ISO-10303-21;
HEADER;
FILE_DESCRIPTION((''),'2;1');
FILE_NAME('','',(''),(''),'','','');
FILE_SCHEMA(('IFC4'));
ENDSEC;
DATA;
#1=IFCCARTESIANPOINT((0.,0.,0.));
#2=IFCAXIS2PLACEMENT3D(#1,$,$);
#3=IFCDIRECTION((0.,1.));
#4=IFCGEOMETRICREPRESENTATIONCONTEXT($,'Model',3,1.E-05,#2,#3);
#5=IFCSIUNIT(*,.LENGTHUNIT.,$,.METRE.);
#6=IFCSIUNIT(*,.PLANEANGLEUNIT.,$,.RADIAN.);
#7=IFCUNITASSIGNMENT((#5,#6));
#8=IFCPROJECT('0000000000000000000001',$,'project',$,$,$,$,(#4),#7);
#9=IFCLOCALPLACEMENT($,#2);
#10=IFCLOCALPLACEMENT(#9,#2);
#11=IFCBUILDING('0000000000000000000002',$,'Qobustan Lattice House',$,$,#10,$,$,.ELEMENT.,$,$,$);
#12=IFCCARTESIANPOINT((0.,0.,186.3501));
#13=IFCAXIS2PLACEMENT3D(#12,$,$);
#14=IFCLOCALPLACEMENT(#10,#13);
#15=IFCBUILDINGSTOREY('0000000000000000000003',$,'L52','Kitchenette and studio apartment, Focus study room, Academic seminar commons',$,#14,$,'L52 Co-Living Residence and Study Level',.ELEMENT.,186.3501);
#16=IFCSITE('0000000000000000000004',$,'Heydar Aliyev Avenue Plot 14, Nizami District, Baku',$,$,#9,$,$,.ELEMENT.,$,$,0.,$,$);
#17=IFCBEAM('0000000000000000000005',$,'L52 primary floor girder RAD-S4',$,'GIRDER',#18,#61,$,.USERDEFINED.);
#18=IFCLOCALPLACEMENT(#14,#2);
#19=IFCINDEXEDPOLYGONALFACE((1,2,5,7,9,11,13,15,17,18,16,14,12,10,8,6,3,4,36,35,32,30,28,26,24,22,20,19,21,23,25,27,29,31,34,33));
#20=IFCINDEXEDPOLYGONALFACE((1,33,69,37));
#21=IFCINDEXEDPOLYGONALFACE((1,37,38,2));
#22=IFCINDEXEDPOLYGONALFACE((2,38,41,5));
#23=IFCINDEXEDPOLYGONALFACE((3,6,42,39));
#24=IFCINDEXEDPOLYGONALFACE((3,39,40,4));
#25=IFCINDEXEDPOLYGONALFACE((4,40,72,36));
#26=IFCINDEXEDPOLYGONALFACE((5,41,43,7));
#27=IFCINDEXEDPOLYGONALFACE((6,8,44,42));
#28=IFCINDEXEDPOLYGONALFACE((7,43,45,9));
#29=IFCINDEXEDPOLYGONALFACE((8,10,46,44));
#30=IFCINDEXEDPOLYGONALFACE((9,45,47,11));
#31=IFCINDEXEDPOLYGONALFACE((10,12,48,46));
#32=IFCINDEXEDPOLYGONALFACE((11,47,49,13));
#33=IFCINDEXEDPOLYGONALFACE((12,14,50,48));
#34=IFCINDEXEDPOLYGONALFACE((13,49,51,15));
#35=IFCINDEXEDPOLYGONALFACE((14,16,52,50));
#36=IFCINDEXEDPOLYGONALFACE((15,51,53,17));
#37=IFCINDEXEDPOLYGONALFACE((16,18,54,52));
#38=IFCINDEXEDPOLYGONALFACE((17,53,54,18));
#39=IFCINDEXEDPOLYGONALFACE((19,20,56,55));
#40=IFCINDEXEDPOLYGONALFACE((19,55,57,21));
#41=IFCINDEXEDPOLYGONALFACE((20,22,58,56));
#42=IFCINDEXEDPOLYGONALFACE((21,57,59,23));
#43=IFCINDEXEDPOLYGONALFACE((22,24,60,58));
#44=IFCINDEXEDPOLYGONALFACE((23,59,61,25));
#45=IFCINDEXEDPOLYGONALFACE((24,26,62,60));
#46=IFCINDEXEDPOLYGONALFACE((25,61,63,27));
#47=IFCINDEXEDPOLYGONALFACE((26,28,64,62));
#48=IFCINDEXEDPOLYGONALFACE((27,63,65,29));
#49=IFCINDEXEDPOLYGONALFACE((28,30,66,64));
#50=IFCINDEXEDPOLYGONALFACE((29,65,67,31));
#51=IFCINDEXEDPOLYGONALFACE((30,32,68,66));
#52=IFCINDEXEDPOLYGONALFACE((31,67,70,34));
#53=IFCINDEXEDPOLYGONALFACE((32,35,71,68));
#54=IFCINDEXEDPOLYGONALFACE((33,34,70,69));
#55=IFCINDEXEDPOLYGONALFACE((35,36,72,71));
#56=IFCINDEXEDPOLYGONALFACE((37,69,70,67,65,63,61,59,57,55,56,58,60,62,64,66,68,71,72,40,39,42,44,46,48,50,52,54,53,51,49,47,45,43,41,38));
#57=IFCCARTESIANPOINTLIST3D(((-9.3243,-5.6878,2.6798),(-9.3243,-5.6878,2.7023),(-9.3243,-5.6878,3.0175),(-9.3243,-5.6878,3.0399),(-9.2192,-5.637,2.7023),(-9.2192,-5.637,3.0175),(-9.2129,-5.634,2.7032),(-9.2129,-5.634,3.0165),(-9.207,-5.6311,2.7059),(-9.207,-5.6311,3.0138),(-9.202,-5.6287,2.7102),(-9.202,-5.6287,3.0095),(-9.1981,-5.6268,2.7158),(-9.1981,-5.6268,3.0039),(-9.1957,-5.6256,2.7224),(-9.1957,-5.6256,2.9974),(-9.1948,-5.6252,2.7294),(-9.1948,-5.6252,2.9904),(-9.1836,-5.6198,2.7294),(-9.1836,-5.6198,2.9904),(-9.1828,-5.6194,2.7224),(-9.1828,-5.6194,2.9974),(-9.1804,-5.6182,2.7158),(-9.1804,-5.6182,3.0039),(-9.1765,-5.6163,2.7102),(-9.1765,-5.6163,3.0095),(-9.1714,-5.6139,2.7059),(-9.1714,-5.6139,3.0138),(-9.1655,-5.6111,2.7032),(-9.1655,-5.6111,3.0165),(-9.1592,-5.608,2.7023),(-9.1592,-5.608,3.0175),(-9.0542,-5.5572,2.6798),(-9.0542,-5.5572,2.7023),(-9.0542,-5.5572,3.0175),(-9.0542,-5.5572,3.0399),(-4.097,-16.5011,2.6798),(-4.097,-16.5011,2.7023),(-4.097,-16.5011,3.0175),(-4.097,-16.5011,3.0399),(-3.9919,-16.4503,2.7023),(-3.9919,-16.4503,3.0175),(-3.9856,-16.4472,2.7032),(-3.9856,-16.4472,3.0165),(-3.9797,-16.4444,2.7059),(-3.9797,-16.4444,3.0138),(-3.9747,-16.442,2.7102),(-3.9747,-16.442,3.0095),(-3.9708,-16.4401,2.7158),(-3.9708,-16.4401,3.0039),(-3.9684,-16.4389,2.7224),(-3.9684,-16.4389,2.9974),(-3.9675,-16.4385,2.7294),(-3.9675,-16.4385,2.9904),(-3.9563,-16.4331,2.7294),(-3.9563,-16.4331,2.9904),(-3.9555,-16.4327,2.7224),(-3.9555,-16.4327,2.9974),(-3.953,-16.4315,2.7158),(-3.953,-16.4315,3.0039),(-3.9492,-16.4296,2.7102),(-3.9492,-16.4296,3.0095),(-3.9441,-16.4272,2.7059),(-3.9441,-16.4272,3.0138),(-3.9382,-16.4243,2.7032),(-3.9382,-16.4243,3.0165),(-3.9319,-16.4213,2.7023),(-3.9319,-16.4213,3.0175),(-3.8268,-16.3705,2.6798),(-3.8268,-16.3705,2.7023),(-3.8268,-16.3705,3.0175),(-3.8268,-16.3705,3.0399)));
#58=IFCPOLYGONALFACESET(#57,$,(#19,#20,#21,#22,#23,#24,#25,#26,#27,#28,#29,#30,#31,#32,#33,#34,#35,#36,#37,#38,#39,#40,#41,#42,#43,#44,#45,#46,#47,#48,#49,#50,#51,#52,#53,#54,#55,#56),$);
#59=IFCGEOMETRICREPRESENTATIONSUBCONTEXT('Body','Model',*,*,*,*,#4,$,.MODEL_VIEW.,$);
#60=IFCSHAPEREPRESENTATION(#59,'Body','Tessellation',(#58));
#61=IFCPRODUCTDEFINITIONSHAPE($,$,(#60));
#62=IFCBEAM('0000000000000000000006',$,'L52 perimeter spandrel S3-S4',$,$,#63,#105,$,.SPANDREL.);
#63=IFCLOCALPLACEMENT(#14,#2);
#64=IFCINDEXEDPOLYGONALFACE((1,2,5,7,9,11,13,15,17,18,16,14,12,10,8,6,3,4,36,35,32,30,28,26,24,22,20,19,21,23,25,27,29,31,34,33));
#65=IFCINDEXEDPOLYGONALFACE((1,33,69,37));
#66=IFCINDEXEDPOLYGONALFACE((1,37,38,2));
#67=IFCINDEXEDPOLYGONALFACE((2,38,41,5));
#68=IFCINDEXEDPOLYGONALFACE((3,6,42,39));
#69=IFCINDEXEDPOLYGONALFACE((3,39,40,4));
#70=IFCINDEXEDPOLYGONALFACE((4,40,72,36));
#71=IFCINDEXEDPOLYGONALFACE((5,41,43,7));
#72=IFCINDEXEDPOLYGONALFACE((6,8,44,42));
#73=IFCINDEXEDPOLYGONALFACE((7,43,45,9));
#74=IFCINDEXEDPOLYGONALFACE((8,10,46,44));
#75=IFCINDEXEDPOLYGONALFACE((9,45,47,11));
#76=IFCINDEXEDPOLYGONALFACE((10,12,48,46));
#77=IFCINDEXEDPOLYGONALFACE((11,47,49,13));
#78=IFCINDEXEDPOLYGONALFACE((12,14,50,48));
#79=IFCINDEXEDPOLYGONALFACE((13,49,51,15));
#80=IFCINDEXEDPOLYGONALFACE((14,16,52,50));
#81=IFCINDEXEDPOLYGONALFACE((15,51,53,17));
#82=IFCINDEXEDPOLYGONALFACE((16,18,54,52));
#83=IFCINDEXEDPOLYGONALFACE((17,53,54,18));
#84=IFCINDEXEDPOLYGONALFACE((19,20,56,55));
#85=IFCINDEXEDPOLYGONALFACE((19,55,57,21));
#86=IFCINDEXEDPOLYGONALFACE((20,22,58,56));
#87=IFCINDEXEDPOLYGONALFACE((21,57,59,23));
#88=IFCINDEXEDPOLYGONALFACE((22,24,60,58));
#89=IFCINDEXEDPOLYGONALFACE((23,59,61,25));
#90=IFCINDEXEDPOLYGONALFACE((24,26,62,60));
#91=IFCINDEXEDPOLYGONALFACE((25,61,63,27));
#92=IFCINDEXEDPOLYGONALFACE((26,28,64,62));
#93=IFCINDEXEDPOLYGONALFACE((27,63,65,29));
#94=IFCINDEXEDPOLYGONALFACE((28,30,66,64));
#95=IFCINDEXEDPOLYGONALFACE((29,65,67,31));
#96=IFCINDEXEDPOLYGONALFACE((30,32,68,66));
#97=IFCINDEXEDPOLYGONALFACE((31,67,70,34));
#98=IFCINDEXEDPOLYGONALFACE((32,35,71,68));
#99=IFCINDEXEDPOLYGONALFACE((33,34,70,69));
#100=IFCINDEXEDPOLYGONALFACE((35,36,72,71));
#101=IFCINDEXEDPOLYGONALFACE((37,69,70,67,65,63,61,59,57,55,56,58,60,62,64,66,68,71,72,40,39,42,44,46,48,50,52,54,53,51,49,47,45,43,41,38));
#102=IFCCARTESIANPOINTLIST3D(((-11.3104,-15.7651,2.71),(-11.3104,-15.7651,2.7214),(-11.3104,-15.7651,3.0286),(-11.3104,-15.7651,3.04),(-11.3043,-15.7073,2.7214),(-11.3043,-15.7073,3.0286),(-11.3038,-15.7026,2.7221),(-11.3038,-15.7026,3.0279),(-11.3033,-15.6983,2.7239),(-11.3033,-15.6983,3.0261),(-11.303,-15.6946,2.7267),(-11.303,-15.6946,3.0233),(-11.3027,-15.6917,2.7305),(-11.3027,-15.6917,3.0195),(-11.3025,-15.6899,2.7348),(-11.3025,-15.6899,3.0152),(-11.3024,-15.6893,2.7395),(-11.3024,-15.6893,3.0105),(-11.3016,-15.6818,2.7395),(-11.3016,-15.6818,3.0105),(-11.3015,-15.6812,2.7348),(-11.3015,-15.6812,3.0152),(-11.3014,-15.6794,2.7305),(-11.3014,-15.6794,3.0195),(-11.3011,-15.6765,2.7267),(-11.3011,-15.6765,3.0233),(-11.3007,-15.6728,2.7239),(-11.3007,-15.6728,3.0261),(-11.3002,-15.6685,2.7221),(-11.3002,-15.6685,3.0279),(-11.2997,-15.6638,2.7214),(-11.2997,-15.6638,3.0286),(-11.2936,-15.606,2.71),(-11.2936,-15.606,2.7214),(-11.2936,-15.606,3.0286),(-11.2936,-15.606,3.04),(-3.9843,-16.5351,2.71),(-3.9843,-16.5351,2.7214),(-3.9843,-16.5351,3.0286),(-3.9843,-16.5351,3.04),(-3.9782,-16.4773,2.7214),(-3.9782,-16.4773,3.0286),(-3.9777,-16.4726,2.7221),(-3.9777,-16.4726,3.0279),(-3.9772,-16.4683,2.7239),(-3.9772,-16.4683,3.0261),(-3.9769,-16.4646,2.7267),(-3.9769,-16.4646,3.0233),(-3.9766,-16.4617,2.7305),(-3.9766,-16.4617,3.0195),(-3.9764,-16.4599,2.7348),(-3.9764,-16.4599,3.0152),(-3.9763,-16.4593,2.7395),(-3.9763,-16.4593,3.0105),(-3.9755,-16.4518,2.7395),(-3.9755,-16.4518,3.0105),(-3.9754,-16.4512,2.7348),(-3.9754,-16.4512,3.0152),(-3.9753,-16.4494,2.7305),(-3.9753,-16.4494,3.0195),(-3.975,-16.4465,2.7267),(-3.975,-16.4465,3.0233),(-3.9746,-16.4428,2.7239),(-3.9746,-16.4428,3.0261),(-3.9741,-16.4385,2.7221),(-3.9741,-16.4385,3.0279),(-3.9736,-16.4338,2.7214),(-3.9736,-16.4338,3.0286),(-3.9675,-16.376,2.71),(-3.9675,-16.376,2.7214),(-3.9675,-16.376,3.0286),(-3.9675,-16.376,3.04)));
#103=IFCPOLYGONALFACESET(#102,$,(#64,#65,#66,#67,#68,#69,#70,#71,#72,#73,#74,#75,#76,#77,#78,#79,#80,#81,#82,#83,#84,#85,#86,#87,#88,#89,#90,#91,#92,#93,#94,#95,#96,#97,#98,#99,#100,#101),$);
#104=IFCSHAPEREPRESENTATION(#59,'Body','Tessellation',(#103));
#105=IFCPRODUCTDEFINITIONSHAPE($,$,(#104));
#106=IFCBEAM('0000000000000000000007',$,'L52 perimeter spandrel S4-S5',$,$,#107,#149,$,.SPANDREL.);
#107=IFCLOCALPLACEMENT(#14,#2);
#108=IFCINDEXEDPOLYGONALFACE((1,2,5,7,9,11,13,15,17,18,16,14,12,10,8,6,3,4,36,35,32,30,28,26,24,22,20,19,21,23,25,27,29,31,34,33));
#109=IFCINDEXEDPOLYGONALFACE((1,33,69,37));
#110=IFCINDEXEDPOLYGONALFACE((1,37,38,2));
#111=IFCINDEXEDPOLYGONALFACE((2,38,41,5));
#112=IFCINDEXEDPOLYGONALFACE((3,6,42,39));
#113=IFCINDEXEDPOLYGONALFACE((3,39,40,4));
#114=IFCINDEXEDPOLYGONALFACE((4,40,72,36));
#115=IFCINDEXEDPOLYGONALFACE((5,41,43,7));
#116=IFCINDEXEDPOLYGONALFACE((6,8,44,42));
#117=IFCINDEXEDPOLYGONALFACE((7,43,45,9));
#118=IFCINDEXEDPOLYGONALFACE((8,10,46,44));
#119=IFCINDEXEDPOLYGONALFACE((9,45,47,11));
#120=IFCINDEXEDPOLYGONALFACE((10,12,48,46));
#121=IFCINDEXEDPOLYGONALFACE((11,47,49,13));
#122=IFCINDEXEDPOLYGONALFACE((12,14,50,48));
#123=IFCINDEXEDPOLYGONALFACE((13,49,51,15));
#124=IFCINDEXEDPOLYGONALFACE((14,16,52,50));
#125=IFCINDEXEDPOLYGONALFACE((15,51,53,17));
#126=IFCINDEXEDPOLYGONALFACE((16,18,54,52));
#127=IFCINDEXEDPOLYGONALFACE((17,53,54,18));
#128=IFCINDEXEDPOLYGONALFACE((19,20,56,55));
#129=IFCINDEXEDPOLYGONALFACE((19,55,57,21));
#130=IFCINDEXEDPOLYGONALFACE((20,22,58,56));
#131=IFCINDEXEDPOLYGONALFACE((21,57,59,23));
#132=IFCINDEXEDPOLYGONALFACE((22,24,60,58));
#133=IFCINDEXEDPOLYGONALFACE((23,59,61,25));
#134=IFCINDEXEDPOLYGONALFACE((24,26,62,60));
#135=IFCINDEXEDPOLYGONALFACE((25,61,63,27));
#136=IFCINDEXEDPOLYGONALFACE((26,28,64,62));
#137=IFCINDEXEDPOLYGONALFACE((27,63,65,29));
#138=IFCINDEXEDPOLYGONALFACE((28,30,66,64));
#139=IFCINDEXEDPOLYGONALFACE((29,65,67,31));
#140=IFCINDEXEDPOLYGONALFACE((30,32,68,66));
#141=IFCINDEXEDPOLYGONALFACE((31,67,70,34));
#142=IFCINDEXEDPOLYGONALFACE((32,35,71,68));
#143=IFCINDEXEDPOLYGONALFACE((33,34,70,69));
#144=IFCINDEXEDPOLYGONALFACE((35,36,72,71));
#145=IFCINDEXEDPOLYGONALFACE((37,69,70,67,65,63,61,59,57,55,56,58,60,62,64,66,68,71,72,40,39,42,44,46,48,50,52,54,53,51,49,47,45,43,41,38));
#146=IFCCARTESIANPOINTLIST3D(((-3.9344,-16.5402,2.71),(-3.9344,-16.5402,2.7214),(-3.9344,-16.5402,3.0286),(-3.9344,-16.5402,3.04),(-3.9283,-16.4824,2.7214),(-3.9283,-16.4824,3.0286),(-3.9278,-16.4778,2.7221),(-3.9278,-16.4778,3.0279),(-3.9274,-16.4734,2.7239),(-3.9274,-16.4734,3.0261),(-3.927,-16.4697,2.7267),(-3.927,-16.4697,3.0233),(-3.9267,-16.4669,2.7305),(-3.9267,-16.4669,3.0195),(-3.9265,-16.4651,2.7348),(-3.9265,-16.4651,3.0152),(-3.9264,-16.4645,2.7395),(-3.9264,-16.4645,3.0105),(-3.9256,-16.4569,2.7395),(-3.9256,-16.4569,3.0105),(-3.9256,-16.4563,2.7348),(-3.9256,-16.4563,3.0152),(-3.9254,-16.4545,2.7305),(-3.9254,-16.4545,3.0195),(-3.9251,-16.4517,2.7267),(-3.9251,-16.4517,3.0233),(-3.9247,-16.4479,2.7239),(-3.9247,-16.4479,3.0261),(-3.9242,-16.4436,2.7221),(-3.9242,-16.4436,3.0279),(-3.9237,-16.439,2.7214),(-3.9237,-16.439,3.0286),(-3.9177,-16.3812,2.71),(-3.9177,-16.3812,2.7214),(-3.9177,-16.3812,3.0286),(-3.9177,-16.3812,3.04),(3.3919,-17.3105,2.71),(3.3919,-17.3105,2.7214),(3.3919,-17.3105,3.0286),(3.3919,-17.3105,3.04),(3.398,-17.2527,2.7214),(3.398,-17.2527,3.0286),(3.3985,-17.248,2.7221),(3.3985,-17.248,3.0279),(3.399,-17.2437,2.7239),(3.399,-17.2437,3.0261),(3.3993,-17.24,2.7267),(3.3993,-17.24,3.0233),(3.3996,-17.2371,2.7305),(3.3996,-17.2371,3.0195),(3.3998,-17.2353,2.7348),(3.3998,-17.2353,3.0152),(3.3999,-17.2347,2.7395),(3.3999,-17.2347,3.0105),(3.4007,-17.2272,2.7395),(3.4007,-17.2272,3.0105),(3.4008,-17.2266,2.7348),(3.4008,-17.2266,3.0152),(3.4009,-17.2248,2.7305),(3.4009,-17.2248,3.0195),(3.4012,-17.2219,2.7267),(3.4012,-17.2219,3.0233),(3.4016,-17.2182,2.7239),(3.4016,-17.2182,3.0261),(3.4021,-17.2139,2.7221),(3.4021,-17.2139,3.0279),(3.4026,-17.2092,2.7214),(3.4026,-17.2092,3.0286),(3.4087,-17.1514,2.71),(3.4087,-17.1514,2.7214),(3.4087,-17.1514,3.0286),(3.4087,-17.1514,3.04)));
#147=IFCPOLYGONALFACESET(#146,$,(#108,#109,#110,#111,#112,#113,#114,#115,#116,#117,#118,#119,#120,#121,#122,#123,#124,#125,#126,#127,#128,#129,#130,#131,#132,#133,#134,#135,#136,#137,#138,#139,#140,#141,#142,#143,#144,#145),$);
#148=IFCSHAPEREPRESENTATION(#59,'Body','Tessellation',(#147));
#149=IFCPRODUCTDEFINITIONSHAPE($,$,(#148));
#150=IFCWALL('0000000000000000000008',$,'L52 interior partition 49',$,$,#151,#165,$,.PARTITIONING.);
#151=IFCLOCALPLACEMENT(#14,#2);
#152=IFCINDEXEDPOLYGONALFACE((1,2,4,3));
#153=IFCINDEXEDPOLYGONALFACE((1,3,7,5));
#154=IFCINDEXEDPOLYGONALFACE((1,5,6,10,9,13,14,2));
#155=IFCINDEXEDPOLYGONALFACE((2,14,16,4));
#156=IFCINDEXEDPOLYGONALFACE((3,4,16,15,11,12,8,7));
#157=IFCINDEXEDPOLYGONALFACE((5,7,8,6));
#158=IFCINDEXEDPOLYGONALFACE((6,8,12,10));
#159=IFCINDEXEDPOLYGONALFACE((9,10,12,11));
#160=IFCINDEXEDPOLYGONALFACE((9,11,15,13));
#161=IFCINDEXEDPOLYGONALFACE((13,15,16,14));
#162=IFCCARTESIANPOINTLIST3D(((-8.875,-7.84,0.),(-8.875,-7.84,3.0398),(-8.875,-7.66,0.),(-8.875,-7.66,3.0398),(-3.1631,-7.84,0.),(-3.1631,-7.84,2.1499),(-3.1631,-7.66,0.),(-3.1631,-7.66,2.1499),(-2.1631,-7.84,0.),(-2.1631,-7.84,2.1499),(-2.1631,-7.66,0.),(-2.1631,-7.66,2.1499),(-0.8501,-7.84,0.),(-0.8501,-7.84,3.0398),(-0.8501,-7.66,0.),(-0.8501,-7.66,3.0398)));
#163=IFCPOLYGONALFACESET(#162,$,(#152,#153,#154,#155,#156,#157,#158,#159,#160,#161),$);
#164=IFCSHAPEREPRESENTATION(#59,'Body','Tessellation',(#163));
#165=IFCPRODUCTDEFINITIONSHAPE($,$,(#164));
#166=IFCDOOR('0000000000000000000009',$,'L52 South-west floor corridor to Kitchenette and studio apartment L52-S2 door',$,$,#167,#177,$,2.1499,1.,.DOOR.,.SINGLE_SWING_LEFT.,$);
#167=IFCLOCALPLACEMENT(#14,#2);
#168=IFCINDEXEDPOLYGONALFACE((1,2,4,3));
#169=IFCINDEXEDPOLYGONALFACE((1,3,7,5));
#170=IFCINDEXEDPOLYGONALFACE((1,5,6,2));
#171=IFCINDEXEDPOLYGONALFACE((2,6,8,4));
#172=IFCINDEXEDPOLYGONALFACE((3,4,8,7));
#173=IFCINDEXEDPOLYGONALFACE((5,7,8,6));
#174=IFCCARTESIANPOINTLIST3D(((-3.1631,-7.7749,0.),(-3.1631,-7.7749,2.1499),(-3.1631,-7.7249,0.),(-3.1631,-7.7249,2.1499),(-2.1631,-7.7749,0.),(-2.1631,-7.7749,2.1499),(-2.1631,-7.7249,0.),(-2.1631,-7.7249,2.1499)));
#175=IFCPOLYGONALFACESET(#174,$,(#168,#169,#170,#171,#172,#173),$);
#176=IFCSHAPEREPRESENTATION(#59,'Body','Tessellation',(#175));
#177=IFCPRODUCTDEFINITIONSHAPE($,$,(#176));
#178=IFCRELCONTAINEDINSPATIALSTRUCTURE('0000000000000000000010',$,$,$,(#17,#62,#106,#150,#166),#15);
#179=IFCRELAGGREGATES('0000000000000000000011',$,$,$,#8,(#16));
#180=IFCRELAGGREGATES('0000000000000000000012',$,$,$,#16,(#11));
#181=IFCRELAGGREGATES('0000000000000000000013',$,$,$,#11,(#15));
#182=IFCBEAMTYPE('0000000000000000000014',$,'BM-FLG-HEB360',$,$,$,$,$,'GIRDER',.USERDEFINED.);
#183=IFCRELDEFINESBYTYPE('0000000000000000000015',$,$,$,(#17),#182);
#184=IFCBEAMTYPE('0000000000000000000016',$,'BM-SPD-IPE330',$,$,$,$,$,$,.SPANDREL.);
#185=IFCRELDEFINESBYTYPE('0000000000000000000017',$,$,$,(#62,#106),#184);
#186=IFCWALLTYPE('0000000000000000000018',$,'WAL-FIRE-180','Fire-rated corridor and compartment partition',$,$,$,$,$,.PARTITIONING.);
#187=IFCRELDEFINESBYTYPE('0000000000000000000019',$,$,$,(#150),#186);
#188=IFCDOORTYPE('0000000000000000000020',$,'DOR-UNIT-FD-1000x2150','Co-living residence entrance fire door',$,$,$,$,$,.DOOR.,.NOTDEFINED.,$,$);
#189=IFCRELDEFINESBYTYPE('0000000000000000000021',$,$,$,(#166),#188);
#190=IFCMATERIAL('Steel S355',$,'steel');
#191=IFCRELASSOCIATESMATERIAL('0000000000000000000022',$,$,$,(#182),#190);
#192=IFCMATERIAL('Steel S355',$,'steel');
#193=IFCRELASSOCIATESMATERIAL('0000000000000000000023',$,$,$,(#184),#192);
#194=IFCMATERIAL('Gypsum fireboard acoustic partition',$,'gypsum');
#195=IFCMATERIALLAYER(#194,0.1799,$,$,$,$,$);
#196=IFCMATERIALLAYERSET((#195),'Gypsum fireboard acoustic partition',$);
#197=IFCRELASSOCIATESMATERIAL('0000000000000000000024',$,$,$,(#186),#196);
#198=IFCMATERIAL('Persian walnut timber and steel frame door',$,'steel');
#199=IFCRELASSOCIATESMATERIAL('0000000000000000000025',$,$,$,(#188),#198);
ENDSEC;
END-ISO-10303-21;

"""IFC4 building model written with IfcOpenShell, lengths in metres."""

from ifc_helpers import new_model, si_unit, direction, frame, frame_2d, origin, origin_2d, place, context, subcontext, project, spatial, rectangle, i_section, extrude, material, layer, layer_set, material_profile, profile_set, type_object, element, fill, save


model = new_model("IFC4")

# Units and contexts
model_context = context("Model", 3, precision=1e-05, world=origin(), true_north=direction((0.0, 1.0)))
body_context = subcontext(model_context, "Body", "Model", "MODEL_VIEW")
ifc_project = project(units=[si_unit("LENGTHUNIT", "METRE"), si_unit("PLANEANGLEUNIT", "RADIAN")], contexts=[model_context])

# Site, building, storey
site_placement = place(None, origin())
site = spatial("IfcSite", under=ifc_project, at=site_placement, Name="Heydar Aliyev Avenue Plot 14, Nizami District, Baku", CompositionType="ELEMENT", RefElevation=0.0)
building_placement = place(site_placement, origin())
building = spatial("IfcBuilding", under=site, at=building_placement, Name="Qobustan Lattice House", CompositionType="ELEMENT")
storey_placement = place(building_placement, frame((0.0, 0.0, 186.3501)))
storey = spatial("IfcBuildingStorey", under=building, at=storey_placement, Name="L52", Description="Kitchenette and studio apartment, Focus study room, Academic seminar commons", LongName="L52 Co-Living Residence and Study Level", CompositionType="ELEMENT", Elevation=186.3501)

# Beams
ifc_material_1 = material(Name="Steel S355", Category="steel")
ifc_material_profile_1 = material_profile(ifc_material_1, i_section(OverallWidth=0.3, OverallDepth=0.3601, WebThickness=0.0125, FlangeThickness=0.0225, FilletRadius=0.0271, at=origin_2d()), Name="HEB360")
ifc_profile_set_1 = profile_set([ifc_material_profile_1], Name="Steel S355")
beam_type_1 = type_object("IfcBeamType", Name="BM-FLG-HEB360", ElementType="GIRDER", PredefinedType="USERDEFINED", material=ifc_profile_set_1)
beam_1_placement = place(storey_placement, frame((-3.9619, -16.4358, 2.8599), z_axis=(-0.435229, 0.90032, 0.0), x_axis=(-0.90032, -0.435229, 0.0)))
element("IfcBeam", 1, at=beam_1_placement, inside=storey, type_object=beam_type_1, Name="L52 primary floor girder RAD-S4", ObjectType="GIRDER", PredefinedType="USERDEFINED", context=body_context, shape_type="SweptSolid", body=[
    extrude(i_section(OverallWidth=0.3, OverallDepth=0.3601, WebThickness=0.0125, FlangeThickness=0.0225, FilletRadius=0.0271, at=origin_2d()), origin(), (0.0, 0.0, 1.0), 12.0105),
])
ifc_material_2 = material(Name="Steel S355", Category="steel")
ifc_material_profile_2 = material_profile(ifc_material_2, i_section(OverallWidth=0.1599, OverallDepth=0.3301, WebThickness=0.0076, FlangeThickness=0.0115, FilletRadius=0.0181, at=origin_2d()), Name="IPE330")
ifc_profile_set_2 = profile_set([ifc_material_profile_2], Name="Steel S355")
beam_type_2 = type_object("IfcBeamType", Name="BM-SPD-IPE330", PredefinedType="SPANDREL", material=ifc_profile_set_2)
beam_2_placement = place(storey_placement, frame((-11.302, -15.6855, 2.875), z_axis=(0.994522, -0.10453, 0.0), x_axis=(0.10453, 0.994522, 0.0)))
element("IfcBeam", 2, at=beam_2_placement, inside=storey, type_object=beam_type_2, Name="L52 perimeter spandrel S3-S4", PredefinedType="SPANDREL", context=body_context, shape_type="SweptSolid", body=[
    extrude(i_section(OverallWidth=0.1599, OverallDepth=0.3301, WebThickness=0.0076, FlangeThickness=0.0115, FilletRadius=0.0181, at=origin_2d()), origin(), (0.0, 0.0, 1.0), 7.3665),
])
beam_3_placement = place(storey_placement, frame((-3.926, -16.4607, 2.875), z_axis=(0.994519, -0.104559, 0.0), x_axis=(0.104559, 0.994519, 0.0)))
element("IfcBeam", 3, at=beam_3_placement, inside=storey, type_object=beam_type_2, Name="L52 perimeter spandrel S4-S5", PredefinedType="SPANDREL", context=body_context, shape_type="SweptSolid", body=[
    extrude(i_section(OverallWidth=0.1599, OverallDepth=0.3301, WebThickness=0.0076, FlangeThickness=0.0115, FilletRadius=0.0181, at=origin_2d()), origin(), (0.0, 0.0, 1.0), 7.3667),
])

# Wall, opening, door
ifc_material_3 = material(Name="Gypsum fireboard acoustic partition", Category="gypsum")
ifc_layer_1 = layer(ifc_material_3, 0.1799)
ifc_layer_set_1 = layer_set([ifc_layer_1], Name="Gypsum fireboard acoustic partition")
wall_type_1 = type_object("IfcWallType", Name="WAL-FIRE-180", Description="Fire-rated corridor and compartment partition", PredefinedType="PARTITIONING", material=ifc_layer_set_1)
wall_1_placement = place(storey_placement, frame((-0.8501, -7.75, 0.0), z_axis=(0.0, 0.0, 1.0), x_axis=(-1.0, 0.0, 0.0)))
wall_1 = element("IfcWall", 4, at=wall_1_placement, inside=storey, type_object=wall_type_1, Name="L52 interior partition 49", PredefinedType="PARTITIONING", context=body_context, shape_type="SweptSolid", body=[
    extrude(rectangle(XDim=8.0249, YDim=0.1799, at=frame_2d((4.0125, 0.0))), origin(), (0.0, 0.0, 1.0), 3.0398),
])
opening_1_placement = place(wall_1_placement, frame((1.313, 0.0, 0.0)))
opening_1 = element("IfcOpeningElement", 5, at=opening_1_placement, cuts=wall_1, PredefinedType="OPENING", context=body_context, shape_type="SweptSolid", body=[
    extrude(rectangle(XDim=1.0, YDim=2.1499, at=frame_2d((0.5, 1.075))), frame((0.0, 0.0999, 0.0), z_axis=(0.0, -1.0, 0.0), x_axis=(1.0, 0.0, 0.0)), (0.0, 0.0, 1.0), 0.2),
])
ifc_material_4 = material(Name="Persian walnut timber and steel frame door", Category="steel")
door_type_1 = type_object("IfcDoorType", Name="DOR-UNIT-FD-1000x2150", Description="Co-living residence entrance fire door", OperationType="NOTDEFINED", PredefinedType="DOOR", material=ifc_material_4)
door_1_placement = place(opening_1_placement, origin())
door_1 = element("IfcDoor", 6, at=door_1_placement, inside=storey, type_object=door_type_1, Name="L52 South-west floor corridor to Kitchenette and studio apartment L52-S2 door", OperationType="SINGLE_SWING_LEFT", OverallHeight=2.1499, OverallWidth=1.0, PredefinedType="DOOR", context=body_context, shape_type="SweptSolid", body=[
    extrude(rectangle(XDim=1.0, YDim=2.1499, at=frame_2d((0.5, 1.075))), frame((0.0, 0.0249, 0.0), z_axis=(0.0, -1.0, 0.0), x_axis=(1.0, 0.0, 0.0)), (0.0, 0.0, 1.0), 0.05),
])
fill(opening_1, door_1)

save(model, "model.ifc")
